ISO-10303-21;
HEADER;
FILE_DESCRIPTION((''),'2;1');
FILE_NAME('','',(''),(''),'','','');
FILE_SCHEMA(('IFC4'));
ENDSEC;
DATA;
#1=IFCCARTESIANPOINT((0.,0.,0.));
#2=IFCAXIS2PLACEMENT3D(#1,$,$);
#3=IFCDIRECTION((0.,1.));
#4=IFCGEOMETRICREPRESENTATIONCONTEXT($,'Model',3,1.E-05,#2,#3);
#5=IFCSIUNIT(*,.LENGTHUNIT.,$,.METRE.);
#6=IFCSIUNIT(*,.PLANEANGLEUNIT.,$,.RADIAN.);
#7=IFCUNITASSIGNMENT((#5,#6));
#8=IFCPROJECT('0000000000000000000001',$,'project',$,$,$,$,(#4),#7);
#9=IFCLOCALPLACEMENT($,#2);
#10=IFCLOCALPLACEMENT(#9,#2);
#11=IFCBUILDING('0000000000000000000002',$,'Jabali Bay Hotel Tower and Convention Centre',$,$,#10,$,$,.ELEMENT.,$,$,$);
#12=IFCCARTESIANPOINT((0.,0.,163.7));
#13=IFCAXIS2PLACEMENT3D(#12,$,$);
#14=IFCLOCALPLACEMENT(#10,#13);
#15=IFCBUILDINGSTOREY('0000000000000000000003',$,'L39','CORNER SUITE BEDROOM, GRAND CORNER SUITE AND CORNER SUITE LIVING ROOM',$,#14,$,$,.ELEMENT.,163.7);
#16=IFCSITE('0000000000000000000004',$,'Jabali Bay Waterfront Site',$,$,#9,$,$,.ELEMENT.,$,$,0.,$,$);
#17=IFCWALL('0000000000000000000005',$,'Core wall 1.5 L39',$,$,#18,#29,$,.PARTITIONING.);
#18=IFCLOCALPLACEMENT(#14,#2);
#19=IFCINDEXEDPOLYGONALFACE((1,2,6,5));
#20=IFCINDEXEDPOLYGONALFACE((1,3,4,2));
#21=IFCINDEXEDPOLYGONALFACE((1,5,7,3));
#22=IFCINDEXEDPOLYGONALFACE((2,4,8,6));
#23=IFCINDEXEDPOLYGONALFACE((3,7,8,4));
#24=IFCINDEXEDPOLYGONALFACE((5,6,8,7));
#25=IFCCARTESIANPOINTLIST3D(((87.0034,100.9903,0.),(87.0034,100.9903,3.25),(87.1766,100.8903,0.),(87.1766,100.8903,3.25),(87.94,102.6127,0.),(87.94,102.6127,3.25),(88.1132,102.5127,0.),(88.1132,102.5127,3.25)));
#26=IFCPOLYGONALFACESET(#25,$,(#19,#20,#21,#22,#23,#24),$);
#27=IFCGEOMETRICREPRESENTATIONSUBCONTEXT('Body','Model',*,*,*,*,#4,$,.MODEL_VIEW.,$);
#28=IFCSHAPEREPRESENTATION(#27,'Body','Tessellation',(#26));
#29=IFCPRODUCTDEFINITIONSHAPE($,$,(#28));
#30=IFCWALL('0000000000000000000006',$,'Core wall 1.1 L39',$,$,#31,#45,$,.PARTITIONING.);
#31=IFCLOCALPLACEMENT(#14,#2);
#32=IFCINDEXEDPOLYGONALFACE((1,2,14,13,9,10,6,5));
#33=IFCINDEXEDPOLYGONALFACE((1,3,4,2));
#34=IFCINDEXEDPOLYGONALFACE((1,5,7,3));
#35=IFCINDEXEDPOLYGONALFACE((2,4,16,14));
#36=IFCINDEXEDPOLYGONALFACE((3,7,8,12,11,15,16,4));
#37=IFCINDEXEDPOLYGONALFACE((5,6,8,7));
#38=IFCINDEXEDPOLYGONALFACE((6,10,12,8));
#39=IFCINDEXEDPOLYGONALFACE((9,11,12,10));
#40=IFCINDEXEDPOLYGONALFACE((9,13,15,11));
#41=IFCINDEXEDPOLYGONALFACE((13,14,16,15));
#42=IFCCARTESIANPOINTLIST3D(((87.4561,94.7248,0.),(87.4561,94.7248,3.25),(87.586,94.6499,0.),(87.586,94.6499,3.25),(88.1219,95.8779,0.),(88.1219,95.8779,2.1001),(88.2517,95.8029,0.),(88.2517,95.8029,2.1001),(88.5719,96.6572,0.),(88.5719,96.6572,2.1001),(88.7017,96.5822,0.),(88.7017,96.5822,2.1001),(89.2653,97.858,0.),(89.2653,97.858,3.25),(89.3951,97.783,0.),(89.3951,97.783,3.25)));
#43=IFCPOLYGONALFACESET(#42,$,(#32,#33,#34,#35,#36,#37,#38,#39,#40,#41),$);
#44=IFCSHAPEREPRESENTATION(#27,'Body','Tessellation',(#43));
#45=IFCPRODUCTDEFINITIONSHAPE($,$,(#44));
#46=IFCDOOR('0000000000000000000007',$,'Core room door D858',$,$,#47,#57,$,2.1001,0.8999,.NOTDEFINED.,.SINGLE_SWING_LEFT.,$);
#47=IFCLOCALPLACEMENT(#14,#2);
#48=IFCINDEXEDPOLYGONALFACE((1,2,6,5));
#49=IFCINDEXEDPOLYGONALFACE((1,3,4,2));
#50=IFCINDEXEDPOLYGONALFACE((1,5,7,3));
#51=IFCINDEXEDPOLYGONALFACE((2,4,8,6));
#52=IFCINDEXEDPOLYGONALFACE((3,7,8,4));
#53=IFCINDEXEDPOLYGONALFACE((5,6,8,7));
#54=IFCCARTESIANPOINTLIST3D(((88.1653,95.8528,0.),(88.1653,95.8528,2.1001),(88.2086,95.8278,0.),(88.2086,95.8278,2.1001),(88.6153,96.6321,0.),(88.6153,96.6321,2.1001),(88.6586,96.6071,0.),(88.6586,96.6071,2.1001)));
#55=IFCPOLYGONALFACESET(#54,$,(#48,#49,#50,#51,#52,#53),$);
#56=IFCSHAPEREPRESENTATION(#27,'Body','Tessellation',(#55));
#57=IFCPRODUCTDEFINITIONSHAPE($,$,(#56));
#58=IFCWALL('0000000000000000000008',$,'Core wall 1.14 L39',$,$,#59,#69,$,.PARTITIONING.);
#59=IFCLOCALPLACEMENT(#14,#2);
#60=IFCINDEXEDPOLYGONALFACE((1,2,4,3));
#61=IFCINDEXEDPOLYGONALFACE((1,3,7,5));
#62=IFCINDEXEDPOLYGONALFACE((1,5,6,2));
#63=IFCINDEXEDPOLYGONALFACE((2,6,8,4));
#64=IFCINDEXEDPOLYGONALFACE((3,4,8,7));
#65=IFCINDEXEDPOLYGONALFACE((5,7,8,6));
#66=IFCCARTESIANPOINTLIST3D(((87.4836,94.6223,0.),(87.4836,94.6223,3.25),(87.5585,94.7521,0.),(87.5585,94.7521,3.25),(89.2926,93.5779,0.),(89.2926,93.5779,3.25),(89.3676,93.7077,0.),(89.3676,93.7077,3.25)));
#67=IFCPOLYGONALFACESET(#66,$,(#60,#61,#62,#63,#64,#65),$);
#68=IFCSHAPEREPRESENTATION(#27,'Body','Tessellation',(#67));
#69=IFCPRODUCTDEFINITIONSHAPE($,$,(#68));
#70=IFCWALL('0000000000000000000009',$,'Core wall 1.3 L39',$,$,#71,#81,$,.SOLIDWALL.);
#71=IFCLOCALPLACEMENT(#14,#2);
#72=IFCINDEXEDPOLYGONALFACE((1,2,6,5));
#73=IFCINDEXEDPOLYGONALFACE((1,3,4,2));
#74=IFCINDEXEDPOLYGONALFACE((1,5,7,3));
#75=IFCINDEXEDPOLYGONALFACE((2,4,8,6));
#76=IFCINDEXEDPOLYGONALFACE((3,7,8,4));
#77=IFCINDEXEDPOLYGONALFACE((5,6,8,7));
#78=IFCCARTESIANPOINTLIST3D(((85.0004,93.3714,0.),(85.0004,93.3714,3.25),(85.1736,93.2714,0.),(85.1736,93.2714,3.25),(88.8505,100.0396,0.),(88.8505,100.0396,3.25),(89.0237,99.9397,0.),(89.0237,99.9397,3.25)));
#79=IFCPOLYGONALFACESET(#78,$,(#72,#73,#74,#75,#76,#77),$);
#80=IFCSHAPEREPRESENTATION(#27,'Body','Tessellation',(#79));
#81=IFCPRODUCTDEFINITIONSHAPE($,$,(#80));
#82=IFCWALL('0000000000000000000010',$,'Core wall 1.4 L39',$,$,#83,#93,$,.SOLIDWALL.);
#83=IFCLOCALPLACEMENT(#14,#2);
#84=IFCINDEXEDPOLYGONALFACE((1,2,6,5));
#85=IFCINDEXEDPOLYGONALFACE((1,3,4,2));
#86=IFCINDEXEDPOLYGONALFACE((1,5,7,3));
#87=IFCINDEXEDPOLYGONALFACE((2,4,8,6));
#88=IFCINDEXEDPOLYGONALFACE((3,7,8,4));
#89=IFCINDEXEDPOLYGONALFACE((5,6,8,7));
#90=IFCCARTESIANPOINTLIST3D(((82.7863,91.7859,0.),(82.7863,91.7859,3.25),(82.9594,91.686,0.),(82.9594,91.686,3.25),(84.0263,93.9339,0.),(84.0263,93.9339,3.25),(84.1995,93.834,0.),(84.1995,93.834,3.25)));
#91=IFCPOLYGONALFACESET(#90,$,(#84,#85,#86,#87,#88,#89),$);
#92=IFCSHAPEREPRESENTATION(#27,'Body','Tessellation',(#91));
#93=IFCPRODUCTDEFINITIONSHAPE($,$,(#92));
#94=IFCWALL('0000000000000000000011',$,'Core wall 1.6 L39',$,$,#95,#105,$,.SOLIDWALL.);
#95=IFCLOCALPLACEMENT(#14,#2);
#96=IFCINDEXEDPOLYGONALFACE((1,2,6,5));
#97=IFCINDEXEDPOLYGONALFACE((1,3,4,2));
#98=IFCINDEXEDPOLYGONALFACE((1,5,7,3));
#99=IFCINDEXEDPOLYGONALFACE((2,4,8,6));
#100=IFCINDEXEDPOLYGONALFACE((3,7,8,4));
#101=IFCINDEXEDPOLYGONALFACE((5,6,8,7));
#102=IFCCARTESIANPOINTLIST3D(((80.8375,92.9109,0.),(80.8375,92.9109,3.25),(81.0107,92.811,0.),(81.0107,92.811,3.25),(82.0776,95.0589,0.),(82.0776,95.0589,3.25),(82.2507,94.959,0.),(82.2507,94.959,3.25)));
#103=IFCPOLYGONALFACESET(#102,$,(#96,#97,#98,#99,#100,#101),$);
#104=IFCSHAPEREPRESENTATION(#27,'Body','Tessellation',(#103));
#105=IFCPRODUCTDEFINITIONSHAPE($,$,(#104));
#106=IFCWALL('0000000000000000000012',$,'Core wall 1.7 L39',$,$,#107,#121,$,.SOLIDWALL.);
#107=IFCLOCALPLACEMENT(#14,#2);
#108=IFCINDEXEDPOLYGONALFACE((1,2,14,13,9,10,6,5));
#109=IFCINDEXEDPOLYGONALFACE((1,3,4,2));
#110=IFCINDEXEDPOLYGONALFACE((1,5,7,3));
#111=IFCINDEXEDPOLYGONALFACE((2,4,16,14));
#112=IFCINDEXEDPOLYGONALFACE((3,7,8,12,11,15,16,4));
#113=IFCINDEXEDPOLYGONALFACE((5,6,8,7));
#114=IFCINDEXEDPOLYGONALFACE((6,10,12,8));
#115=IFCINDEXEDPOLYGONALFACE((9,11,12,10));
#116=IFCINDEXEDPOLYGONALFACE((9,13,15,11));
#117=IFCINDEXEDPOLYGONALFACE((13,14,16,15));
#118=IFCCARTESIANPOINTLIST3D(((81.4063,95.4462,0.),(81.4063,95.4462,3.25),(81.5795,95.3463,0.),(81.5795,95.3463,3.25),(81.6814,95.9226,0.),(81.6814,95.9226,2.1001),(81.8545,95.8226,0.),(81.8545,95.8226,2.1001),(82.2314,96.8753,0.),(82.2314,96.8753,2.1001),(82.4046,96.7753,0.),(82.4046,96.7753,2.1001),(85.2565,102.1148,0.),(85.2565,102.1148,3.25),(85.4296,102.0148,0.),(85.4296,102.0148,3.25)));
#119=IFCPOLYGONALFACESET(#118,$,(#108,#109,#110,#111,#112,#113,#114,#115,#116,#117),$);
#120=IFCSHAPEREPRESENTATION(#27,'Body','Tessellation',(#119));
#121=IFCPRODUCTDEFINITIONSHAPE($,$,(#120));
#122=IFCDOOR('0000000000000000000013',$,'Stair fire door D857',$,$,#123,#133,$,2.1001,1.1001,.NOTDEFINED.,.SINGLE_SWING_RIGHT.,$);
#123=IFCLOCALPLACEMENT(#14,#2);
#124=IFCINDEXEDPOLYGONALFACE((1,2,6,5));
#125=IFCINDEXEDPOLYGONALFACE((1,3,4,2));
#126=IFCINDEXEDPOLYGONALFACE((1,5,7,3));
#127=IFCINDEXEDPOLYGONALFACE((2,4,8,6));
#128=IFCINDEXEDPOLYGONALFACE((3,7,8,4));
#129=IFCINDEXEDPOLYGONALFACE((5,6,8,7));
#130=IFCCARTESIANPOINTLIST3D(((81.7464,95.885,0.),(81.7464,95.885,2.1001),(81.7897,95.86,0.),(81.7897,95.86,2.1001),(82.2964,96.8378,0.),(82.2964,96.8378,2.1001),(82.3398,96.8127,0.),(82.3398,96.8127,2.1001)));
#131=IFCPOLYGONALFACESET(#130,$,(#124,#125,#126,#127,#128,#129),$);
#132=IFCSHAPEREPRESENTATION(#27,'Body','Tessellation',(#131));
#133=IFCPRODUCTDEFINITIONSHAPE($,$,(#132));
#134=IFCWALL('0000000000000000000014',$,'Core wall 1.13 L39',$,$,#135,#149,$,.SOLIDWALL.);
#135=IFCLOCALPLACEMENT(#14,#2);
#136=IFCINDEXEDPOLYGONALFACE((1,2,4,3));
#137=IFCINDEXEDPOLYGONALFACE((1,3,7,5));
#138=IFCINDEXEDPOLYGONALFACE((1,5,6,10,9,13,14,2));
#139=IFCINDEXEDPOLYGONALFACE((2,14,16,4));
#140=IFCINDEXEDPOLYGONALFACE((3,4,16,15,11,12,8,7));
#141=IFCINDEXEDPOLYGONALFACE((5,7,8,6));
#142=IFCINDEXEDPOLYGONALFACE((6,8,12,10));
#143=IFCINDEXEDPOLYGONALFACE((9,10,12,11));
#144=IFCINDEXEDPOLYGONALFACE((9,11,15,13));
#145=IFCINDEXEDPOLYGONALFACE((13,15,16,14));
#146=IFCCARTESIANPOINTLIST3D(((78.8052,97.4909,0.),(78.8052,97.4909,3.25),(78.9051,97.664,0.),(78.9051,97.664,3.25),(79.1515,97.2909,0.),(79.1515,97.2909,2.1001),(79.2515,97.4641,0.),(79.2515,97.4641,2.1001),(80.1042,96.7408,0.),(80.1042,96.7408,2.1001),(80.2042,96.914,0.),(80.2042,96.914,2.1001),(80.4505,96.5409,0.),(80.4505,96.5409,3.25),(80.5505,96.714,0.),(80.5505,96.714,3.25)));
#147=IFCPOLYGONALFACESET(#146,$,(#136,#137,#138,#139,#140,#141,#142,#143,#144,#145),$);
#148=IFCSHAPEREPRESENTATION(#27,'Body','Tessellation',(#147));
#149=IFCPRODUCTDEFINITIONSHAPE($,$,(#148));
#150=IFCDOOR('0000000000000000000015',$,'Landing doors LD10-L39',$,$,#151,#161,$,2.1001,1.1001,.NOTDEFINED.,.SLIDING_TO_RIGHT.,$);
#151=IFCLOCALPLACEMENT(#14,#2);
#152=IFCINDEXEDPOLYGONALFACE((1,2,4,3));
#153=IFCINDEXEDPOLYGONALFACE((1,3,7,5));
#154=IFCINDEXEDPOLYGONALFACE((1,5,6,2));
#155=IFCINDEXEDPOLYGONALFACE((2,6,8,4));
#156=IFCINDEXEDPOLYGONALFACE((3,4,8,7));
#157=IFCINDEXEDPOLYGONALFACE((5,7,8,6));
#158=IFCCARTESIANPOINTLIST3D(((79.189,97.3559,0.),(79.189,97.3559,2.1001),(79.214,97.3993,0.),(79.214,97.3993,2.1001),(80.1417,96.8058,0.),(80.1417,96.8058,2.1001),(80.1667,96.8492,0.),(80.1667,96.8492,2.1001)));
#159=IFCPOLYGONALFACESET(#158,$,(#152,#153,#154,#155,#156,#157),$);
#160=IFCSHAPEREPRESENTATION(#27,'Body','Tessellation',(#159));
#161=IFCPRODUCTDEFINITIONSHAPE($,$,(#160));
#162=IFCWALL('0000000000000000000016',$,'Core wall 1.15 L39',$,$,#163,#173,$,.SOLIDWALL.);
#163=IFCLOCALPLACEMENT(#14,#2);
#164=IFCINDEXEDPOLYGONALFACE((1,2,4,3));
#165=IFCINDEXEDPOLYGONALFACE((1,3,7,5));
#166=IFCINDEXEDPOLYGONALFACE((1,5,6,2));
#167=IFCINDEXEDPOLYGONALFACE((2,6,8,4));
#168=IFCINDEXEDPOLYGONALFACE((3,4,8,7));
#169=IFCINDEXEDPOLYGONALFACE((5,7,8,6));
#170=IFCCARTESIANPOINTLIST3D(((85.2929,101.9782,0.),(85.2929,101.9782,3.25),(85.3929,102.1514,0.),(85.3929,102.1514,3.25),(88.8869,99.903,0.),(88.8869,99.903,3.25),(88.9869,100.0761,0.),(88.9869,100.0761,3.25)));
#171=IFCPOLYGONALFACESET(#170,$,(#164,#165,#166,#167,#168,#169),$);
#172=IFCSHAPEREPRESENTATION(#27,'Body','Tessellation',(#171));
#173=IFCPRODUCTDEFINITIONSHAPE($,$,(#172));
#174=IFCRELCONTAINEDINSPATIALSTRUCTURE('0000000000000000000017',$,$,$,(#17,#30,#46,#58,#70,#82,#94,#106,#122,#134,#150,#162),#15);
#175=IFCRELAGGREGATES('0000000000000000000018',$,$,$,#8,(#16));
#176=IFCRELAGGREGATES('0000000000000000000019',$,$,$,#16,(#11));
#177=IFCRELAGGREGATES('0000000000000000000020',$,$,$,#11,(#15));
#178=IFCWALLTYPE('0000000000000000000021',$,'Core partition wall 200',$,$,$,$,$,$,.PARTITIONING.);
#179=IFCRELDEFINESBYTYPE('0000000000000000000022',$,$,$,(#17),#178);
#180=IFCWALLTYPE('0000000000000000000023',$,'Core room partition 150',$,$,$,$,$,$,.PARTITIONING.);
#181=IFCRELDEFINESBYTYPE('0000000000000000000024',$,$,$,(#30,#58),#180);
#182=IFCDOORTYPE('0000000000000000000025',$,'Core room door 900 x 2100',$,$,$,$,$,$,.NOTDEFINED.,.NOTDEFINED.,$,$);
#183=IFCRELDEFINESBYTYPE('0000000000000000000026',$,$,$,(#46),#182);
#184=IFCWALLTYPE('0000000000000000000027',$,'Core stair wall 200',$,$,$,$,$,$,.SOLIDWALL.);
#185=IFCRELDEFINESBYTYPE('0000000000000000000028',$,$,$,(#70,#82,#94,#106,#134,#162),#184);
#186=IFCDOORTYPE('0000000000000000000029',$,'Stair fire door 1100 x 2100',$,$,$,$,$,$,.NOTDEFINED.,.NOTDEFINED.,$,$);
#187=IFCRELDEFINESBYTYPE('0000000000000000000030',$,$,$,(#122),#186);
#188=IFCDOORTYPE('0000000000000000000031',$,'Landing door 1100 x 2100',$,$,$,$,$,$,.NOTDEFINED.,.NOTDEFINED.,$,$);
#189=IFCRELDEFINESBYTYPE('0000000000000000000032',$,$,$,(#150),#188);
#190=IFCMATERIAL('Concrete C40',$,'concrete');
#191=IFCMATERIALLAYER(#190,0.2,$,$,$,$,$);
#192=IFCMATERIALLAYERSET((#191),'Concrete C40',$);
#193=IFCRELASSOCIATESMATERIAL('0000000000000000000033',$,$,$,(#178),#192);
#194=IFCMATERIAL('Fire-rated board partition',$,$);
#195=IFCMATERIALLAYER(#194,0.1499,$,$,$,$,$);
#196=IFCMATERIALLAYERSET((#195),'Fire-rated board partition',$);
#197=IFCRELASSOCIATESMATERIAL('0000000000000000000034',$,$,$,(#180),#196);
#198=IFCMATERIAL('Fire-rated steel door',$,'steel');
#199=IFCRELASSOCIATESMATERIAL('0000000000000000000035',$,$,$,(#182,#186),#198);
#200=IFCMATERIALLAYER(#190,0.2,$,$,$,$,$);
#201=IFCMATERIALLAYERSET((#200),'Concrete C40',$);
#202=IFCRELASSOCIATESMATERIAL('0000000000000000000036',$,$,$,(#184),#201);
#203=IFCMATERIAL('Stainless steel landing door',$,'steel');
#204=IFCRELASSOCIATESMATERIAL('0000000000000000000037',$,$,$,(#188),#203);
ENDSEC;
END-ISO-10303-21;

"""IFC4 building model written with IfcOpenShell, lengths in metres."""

from ifc_helpers import new_model, si_unit, direction, frame, frame_2d, origin, place, context, subcontext, project, spatial, rectangle, extrude, material, layer, layer_set, type_object, element, fill, save


model = new_model("IFC4")

# Units and contexts
model_context = context("Model", 3, precision=1e-05, world=origin(), true_north=direction((0.0, 1.0)))
body_context = subcontext(model_context, "Body", "Model", "MODEL_VIEW")
ifc_project = project(units=[si_unit("LENGTHUNIT", "METRE"), si_unit("PLANEANGLEUNIT", "RADIAN")], contexts=[model_context])

# Site, building, storey
site_placement = place(None, origin())
site = spatial("IfcSite", under=ifc_project, at=site_placement, Name="Jabali Bay Waterfront Site", CompositionType="ELEMENT", RefElevation=0.0)
building_placement = place(site_placement, origin())
building = spatial("IfcBuilding", under=site, at=building_placement, Name="Jabali Bay Hotel Tower and Convention Centre", CompositionType="ELEMENT")
storey_placement = place(building_placement, frame((0.0, 0.0, 163.7)))
storey = spatial("IfcBuildingStorey", under=building, at=storey_placement, Name="L39", Description="CORNER SUITE BEDROOM, GRAND CORNER SUITE AND CORNER SUITE LIVING ROOM", CompositionType="ELEMENT", Elevation=163.7)

# Wall
ifc_material_1 = material(Name="Concrete C40", Category="concrete")
ifc_layer_1 = layer(ifc_material_1, 0.2)
ifc_layer_set_1 = layer_set([ifc_layer_1], Name="Concrete C40")
wall_type_1 = type_object("IfcWallType", Name="Core partition wall 200", PredefinedType="PARTITIONING", material=ifc_layer_set_1)
wall_1_placement = place(storey_placement, frame((87.0901, 100.9404, 0.0), z_axis=(0.0, 0.0, 1.0), x_axis=(0.499952, 0.866053, 0.0)))
element("IfcWall", 1, at=wall_1_placement, inside=storey, type_object=wall_type_1, Name="Core wall 1.5 L39", PredefinedType="PARTITIONING", context=body_context, shape_type="SweptSolid", body=[
    extrude(rectangle(XDim=1.8733, YDim=0.2, at=frame_2d((0.9365, 0.0))), origin(), (0.0, 0.0, 1.0), 3.25),
])

# Wall, opening, door
ifc_material_2 = material(Name="Fire-rated board partition")
ifc_layer_2 = layer(ifc_material_2, 0.1499)
ifc_layer_set_2 = layer_set([ifc_layer_2], Name="Fire-rated board partition")
wall_type_2 = type_object("IfcWallType", Name="Core room partition 150", PredefinedType="PARTITIONING", material=ifc_layer_set_2)
wall_2_placement = place(storey_placement, frame((87.521, 94.6873, 0.0), z_axis=(0.0, 0.0, 1.0), x_axis=(0.500044, 0.866, 0.0)))
wall_2 = element("IfcWall", 2, at=wall_2_placement, inside=storey, type_object=wall_type_2, Name="Core wall 1.1 L39", PredefinedType="PARTITIONING", context=body_context, shape_type="SweptSolid", body=[
    extrude(rectangle(XDim=3.6179, YDim=0.1499, at=frame_2d((1.8091, 0.0))), origin(), (0.0, 0.0, 1.0), 3.25),
])
opening_1_placement = place(wall_2_placement, frame((1.3315, 0.0, 0.0)))
opening_1 = element("IfcOpeningElement", 3, at=opening_1_placement, cuts=wall_2, PredefinedType="OPENING", context=body_context, shape_type="SweptSolid", body=[
    extrude(rectangle(XDim=0.8999, YDim=2.1001, at=frame_2d((0.45, 1.05))), frame((0.0, 0.0854, 0.0), z_axis=(0.0, -1.0, 0.0), x_axis=(1.0, 0.0, 0.0)), (0.0, 0.0, 1.0), 0.1709),
])
ifc_material_3 = material(Name="Fire-rated steel door", Category="steel")
door_type_1 = type_object("IfcDoorType", Name="Core room door 900 x 2100", OperationType="NOTDEFINED", PredefinedType="NOTDEFINED", material=ifc_material_3)
door_1_placement = place(opening_1_placement, origin())
door_1 = element("IfcDoor", 4, at=door_1_placement, inside=storey, type_object=door_type_1, Name="Core room door D858", OperationType="SINGLE_SWING_LEFT", OverallHeight=2.1001, OverallWidth=0.8999, PredefinedType="NOTDEFINED", context=body_context, shape_type="SweptSolid", body=[
    extrude(rectangle(XDim=0.8999, YDim=2.1001, at=frame_2d((0.45, 1.05))), frame((0.0, 0.0249, 0.0), z_axis=(0.0, -1.0, 0.0), x_axis=(1.0, 0.0, 0.0)), (0.0, 0.0, 1.0), 0.05),
])
fill(opening_1, door_1)

# Walls
wall_3_placement = place(storey_placement, frame((89.3301, 93.6428, 0.0), z_axis=(0.0, 0.0, 1.0), x_axis=(-0.866034, 0.499985, 0.0)))
element("IfcWall", 5, at=wall_3_placement, inside=storey, type_object=wall_type_2, Name="Core wall 1.14 L39", PredefinedType="PARTITIONING", context=body_context, shape_type="SweptSolid", body=[
    extrude(rectangle(XDim=2.0889, YDim=0.1499, at=frame_2d((1.0444, 0.0))), origin(), (0.0, 0.0, 1.0), 3.25),
])
ifc_layer_3 = layer(ifc_material_1, 0.2)
ifc_layer_set_3 = layer_set([ifc_layer_3], Name="Concrete C40")
wall_type_3 = type_object("IfcWallType", Name="Core stair wall 200", PredefinedType="SOLIDWALL", material=ifc_layer_set_3)
wall_4_placement = place(storey_placement, frame((85.0869, 93.3213, 0.0), z_axis=(0.0, 0.0, 1.0), x_axis=(0.50002, 0.866014, 0.0)))
element("IfcWall", 6, at=wall_4_placement, inside=storey, type_object=wall_type_3, Name="Core wall 1.3 L39", PredefinedType="SOLIDWALL", context=body_context, shape_type="SweptSolid", body=[
    extrude(rectangle(XDim=7.7, YDim=0.2, at=frame_2d((3.8501, 0.0))), origin(), (0.0, 0.0, 1.0), 3.25),
])
for number, where, z_axis, x_axis, name in (
    (7, (82.8728, 91.7358, 0.0), (0.0, 0.0, 1.0), (0.499961, 0.866048, 0.0), "Core wall 1.4 L39"),
    (8, (80.9241, 92.8608, 0.0), (0.0, 0.0, 1.0), (0.499961, 0.866048, 0.0), "Core wall 1.6 L39"),
):
    element("IfcWall", number, at=place(storey_placement, frame(where, z_axis=z_axis, x_axis=x_axis)), inside=storey, type_object=wall_type_3, Name=name, PredefinedType="SOLIDWALL", context=body_context, shape_type="SweptSolid", body=[
        extrude(rectangle(XDim=2.4802, YDim=0.2, at=frame_2d((1.2402, 0.0))), origin(), (0.0, 0.0, 1.0), 3.25),
    ])

# Walls, openings, doors
wall_5_placement = place(storey_placement, frame((81.4929, 95.3962, 0.0), z_axis=(0.0, 0.0, 1.0), x_axis=(0.500006, 0.866022, 0.0)))
wall_5 = element("IfcWall", 9, at=wall_5_placement, inside=storey, type_object=wall_type_3, Name="Core wall 1.7 L39", PredefinedType="SOLIDWALL", context=body_context, shape_type="SweptSolid", body=[
    extrude(rectangle(XDim=7.7002, YDim=0.2, at=frame_2d((3.8501, 0.0))), origin(), (0.0, 0.0, 1.0), 3.25),
])
opening_2_placement = place(wall_5_placement, frame((0.55, 0.0, 0.0)))
opening_2 = element("IfcOpeningElement", 10, at=opening_2_placement, cuts=wall_5, PredefinedType="OPENING", context=body_context, shape_type="SweptSolid", body=[
    extrude(rectangle(XDim=1.1001, YDim=2.1001, at=frame_2d((0.55, 1.05))), frame((0.0, 0.1104, 0.0), z_axis=(0.0, -1.0, 0.0), x_axis=(1.0, 0.0, 0.0)), (0.0, 0.0, 1.0), 0.2209),
])
door_type_2 = type_object("IfcDoorType", Name="Stair fire door 1100 x 2100", OperationType="NOTDEFINED", PredefinedType="NOTDEFINED", material=ifc_material_3)
door_2_placement = place(opening_2_placement, origin())
door_2 = element("IfcDoor", 11, at=door_2_placement, inside=storey, type_object=door_type_2, Name="Stair fire door D857", OperationType="SINGLE_SWING_RIGHT", OverallHeight=2.1001, OverallWidth=1.1001, PredefinedType="NOTDEFINED", context=body_context, shape_type="SweptSolid", body=[
    extrude(rectangle(XDim=1.1001, YDim=2.1001, at=frame_2d((0.55, 1.05))), frame((0.0, 0.0249, 0.0), z_axis=(0.0, -1.0, 0.0), x_axis=(1.0, 0.0, 0.0)), (0.0, 0.0, 1.0), 0.05),
])
fill(opening_2, door_2)
wall_6_placement = place(storey_placement, frame((80.5005, 96.6274, 0.0), z_axis=(0.0, 0.0, 1.0), x_axis=(-0.866012, 0.500023, 0.0)))
wall_6 = element("IfcWall", 12, at=wall_6_placement, inside=storey, type_object=wall_type_3, Name="Core wall 1.13 L39", PredefinedType="SOLIDWALL", context=body_context, shape_type="SweptSolid", body=[
    extrude(rectangle(XDim=1.8999, YDim=0.2, at=frame_2d((0.95, 0.0))), origin(), (0.0, 0.0, 1.0), 3.25),
])
opening_3_placement = place(wall_6_placement, frame((0.3999, 0.0, 0.0)))
opening_3 = element("IfcOpeningElement", 13, at=opening_3_placement, cuts=wall_6, PredefinedType="OPENING", context=body_context, shape_type="SweptSolid", body=[
    extrude(rectangle(XDim=1.1001, YDim=2.1001, at=frame_2d((0.55, 1.05))), frame((0.0, 0.1104, 0.0), z_axis=(0.0, -1.0, 0.0), x_axis=(1.0, 0.0, 0.0)), (0.0, 0.0, 1.0), 0.2209),
])
ifc_material_4 = material(Name="Stainless steel landing door", Category="steel")
door_type_3 = type_object("IfcDoorType", Name="Landing door 1100 x 2100", OperationType="NOTDEFINED", PredefinedType="NOTDEFINED", material=ifc_material_4)
door_3_placement = place(opening_3_placement, origin())
door_3 = element("IfcDoor", 14, at=door_3_placement, inside=storey, type_object=door_type_3, Name="Landing doors LD10-L39", OperationType="SLIDING_TO_RIGHT", OverallHeight=2.1001, OverallWidth=1.1001, PredefinedType="NOTDEFINED", context=body_context, shape_type="SweptSolid", body=[
    extrude(rectangle(XDim=1.1001, YDim=2.1001, at=frame_2d((0.55, 1.05))), frame((0.0, 0.0249, 0.0), z_axis=(0.0, -1.0, 0.0), x_axis=(1.0, 0.0, 0.0)), (0.0, 0.0, 1.0), 0.05),
])
fill(opening_3, door_3)

# Wall
wall_7_placement = place(storey_placement, frame((88.937, 99.9895, 0.0), z_axis=(0.0, 0.0, 1.0), x_axis=(-0.866004, 0.500036, 0.0)))
element("IfcWall", 15, at=wall_7_placement, inside=storey, type_object=wall_type_3, Name="Core wall 1.15 L39", PredefinedType="SOLIDWALL", context=body_context, shape_type="SweptSolid", body=[
    extrude(rectangle(XDim=4.1501, YDim=0.2, at=frame_2d((2.0752, 0.0))), origin(), (0.0, 0.0, 1.0), 3.25),
])

save(model, "model.ifc")
